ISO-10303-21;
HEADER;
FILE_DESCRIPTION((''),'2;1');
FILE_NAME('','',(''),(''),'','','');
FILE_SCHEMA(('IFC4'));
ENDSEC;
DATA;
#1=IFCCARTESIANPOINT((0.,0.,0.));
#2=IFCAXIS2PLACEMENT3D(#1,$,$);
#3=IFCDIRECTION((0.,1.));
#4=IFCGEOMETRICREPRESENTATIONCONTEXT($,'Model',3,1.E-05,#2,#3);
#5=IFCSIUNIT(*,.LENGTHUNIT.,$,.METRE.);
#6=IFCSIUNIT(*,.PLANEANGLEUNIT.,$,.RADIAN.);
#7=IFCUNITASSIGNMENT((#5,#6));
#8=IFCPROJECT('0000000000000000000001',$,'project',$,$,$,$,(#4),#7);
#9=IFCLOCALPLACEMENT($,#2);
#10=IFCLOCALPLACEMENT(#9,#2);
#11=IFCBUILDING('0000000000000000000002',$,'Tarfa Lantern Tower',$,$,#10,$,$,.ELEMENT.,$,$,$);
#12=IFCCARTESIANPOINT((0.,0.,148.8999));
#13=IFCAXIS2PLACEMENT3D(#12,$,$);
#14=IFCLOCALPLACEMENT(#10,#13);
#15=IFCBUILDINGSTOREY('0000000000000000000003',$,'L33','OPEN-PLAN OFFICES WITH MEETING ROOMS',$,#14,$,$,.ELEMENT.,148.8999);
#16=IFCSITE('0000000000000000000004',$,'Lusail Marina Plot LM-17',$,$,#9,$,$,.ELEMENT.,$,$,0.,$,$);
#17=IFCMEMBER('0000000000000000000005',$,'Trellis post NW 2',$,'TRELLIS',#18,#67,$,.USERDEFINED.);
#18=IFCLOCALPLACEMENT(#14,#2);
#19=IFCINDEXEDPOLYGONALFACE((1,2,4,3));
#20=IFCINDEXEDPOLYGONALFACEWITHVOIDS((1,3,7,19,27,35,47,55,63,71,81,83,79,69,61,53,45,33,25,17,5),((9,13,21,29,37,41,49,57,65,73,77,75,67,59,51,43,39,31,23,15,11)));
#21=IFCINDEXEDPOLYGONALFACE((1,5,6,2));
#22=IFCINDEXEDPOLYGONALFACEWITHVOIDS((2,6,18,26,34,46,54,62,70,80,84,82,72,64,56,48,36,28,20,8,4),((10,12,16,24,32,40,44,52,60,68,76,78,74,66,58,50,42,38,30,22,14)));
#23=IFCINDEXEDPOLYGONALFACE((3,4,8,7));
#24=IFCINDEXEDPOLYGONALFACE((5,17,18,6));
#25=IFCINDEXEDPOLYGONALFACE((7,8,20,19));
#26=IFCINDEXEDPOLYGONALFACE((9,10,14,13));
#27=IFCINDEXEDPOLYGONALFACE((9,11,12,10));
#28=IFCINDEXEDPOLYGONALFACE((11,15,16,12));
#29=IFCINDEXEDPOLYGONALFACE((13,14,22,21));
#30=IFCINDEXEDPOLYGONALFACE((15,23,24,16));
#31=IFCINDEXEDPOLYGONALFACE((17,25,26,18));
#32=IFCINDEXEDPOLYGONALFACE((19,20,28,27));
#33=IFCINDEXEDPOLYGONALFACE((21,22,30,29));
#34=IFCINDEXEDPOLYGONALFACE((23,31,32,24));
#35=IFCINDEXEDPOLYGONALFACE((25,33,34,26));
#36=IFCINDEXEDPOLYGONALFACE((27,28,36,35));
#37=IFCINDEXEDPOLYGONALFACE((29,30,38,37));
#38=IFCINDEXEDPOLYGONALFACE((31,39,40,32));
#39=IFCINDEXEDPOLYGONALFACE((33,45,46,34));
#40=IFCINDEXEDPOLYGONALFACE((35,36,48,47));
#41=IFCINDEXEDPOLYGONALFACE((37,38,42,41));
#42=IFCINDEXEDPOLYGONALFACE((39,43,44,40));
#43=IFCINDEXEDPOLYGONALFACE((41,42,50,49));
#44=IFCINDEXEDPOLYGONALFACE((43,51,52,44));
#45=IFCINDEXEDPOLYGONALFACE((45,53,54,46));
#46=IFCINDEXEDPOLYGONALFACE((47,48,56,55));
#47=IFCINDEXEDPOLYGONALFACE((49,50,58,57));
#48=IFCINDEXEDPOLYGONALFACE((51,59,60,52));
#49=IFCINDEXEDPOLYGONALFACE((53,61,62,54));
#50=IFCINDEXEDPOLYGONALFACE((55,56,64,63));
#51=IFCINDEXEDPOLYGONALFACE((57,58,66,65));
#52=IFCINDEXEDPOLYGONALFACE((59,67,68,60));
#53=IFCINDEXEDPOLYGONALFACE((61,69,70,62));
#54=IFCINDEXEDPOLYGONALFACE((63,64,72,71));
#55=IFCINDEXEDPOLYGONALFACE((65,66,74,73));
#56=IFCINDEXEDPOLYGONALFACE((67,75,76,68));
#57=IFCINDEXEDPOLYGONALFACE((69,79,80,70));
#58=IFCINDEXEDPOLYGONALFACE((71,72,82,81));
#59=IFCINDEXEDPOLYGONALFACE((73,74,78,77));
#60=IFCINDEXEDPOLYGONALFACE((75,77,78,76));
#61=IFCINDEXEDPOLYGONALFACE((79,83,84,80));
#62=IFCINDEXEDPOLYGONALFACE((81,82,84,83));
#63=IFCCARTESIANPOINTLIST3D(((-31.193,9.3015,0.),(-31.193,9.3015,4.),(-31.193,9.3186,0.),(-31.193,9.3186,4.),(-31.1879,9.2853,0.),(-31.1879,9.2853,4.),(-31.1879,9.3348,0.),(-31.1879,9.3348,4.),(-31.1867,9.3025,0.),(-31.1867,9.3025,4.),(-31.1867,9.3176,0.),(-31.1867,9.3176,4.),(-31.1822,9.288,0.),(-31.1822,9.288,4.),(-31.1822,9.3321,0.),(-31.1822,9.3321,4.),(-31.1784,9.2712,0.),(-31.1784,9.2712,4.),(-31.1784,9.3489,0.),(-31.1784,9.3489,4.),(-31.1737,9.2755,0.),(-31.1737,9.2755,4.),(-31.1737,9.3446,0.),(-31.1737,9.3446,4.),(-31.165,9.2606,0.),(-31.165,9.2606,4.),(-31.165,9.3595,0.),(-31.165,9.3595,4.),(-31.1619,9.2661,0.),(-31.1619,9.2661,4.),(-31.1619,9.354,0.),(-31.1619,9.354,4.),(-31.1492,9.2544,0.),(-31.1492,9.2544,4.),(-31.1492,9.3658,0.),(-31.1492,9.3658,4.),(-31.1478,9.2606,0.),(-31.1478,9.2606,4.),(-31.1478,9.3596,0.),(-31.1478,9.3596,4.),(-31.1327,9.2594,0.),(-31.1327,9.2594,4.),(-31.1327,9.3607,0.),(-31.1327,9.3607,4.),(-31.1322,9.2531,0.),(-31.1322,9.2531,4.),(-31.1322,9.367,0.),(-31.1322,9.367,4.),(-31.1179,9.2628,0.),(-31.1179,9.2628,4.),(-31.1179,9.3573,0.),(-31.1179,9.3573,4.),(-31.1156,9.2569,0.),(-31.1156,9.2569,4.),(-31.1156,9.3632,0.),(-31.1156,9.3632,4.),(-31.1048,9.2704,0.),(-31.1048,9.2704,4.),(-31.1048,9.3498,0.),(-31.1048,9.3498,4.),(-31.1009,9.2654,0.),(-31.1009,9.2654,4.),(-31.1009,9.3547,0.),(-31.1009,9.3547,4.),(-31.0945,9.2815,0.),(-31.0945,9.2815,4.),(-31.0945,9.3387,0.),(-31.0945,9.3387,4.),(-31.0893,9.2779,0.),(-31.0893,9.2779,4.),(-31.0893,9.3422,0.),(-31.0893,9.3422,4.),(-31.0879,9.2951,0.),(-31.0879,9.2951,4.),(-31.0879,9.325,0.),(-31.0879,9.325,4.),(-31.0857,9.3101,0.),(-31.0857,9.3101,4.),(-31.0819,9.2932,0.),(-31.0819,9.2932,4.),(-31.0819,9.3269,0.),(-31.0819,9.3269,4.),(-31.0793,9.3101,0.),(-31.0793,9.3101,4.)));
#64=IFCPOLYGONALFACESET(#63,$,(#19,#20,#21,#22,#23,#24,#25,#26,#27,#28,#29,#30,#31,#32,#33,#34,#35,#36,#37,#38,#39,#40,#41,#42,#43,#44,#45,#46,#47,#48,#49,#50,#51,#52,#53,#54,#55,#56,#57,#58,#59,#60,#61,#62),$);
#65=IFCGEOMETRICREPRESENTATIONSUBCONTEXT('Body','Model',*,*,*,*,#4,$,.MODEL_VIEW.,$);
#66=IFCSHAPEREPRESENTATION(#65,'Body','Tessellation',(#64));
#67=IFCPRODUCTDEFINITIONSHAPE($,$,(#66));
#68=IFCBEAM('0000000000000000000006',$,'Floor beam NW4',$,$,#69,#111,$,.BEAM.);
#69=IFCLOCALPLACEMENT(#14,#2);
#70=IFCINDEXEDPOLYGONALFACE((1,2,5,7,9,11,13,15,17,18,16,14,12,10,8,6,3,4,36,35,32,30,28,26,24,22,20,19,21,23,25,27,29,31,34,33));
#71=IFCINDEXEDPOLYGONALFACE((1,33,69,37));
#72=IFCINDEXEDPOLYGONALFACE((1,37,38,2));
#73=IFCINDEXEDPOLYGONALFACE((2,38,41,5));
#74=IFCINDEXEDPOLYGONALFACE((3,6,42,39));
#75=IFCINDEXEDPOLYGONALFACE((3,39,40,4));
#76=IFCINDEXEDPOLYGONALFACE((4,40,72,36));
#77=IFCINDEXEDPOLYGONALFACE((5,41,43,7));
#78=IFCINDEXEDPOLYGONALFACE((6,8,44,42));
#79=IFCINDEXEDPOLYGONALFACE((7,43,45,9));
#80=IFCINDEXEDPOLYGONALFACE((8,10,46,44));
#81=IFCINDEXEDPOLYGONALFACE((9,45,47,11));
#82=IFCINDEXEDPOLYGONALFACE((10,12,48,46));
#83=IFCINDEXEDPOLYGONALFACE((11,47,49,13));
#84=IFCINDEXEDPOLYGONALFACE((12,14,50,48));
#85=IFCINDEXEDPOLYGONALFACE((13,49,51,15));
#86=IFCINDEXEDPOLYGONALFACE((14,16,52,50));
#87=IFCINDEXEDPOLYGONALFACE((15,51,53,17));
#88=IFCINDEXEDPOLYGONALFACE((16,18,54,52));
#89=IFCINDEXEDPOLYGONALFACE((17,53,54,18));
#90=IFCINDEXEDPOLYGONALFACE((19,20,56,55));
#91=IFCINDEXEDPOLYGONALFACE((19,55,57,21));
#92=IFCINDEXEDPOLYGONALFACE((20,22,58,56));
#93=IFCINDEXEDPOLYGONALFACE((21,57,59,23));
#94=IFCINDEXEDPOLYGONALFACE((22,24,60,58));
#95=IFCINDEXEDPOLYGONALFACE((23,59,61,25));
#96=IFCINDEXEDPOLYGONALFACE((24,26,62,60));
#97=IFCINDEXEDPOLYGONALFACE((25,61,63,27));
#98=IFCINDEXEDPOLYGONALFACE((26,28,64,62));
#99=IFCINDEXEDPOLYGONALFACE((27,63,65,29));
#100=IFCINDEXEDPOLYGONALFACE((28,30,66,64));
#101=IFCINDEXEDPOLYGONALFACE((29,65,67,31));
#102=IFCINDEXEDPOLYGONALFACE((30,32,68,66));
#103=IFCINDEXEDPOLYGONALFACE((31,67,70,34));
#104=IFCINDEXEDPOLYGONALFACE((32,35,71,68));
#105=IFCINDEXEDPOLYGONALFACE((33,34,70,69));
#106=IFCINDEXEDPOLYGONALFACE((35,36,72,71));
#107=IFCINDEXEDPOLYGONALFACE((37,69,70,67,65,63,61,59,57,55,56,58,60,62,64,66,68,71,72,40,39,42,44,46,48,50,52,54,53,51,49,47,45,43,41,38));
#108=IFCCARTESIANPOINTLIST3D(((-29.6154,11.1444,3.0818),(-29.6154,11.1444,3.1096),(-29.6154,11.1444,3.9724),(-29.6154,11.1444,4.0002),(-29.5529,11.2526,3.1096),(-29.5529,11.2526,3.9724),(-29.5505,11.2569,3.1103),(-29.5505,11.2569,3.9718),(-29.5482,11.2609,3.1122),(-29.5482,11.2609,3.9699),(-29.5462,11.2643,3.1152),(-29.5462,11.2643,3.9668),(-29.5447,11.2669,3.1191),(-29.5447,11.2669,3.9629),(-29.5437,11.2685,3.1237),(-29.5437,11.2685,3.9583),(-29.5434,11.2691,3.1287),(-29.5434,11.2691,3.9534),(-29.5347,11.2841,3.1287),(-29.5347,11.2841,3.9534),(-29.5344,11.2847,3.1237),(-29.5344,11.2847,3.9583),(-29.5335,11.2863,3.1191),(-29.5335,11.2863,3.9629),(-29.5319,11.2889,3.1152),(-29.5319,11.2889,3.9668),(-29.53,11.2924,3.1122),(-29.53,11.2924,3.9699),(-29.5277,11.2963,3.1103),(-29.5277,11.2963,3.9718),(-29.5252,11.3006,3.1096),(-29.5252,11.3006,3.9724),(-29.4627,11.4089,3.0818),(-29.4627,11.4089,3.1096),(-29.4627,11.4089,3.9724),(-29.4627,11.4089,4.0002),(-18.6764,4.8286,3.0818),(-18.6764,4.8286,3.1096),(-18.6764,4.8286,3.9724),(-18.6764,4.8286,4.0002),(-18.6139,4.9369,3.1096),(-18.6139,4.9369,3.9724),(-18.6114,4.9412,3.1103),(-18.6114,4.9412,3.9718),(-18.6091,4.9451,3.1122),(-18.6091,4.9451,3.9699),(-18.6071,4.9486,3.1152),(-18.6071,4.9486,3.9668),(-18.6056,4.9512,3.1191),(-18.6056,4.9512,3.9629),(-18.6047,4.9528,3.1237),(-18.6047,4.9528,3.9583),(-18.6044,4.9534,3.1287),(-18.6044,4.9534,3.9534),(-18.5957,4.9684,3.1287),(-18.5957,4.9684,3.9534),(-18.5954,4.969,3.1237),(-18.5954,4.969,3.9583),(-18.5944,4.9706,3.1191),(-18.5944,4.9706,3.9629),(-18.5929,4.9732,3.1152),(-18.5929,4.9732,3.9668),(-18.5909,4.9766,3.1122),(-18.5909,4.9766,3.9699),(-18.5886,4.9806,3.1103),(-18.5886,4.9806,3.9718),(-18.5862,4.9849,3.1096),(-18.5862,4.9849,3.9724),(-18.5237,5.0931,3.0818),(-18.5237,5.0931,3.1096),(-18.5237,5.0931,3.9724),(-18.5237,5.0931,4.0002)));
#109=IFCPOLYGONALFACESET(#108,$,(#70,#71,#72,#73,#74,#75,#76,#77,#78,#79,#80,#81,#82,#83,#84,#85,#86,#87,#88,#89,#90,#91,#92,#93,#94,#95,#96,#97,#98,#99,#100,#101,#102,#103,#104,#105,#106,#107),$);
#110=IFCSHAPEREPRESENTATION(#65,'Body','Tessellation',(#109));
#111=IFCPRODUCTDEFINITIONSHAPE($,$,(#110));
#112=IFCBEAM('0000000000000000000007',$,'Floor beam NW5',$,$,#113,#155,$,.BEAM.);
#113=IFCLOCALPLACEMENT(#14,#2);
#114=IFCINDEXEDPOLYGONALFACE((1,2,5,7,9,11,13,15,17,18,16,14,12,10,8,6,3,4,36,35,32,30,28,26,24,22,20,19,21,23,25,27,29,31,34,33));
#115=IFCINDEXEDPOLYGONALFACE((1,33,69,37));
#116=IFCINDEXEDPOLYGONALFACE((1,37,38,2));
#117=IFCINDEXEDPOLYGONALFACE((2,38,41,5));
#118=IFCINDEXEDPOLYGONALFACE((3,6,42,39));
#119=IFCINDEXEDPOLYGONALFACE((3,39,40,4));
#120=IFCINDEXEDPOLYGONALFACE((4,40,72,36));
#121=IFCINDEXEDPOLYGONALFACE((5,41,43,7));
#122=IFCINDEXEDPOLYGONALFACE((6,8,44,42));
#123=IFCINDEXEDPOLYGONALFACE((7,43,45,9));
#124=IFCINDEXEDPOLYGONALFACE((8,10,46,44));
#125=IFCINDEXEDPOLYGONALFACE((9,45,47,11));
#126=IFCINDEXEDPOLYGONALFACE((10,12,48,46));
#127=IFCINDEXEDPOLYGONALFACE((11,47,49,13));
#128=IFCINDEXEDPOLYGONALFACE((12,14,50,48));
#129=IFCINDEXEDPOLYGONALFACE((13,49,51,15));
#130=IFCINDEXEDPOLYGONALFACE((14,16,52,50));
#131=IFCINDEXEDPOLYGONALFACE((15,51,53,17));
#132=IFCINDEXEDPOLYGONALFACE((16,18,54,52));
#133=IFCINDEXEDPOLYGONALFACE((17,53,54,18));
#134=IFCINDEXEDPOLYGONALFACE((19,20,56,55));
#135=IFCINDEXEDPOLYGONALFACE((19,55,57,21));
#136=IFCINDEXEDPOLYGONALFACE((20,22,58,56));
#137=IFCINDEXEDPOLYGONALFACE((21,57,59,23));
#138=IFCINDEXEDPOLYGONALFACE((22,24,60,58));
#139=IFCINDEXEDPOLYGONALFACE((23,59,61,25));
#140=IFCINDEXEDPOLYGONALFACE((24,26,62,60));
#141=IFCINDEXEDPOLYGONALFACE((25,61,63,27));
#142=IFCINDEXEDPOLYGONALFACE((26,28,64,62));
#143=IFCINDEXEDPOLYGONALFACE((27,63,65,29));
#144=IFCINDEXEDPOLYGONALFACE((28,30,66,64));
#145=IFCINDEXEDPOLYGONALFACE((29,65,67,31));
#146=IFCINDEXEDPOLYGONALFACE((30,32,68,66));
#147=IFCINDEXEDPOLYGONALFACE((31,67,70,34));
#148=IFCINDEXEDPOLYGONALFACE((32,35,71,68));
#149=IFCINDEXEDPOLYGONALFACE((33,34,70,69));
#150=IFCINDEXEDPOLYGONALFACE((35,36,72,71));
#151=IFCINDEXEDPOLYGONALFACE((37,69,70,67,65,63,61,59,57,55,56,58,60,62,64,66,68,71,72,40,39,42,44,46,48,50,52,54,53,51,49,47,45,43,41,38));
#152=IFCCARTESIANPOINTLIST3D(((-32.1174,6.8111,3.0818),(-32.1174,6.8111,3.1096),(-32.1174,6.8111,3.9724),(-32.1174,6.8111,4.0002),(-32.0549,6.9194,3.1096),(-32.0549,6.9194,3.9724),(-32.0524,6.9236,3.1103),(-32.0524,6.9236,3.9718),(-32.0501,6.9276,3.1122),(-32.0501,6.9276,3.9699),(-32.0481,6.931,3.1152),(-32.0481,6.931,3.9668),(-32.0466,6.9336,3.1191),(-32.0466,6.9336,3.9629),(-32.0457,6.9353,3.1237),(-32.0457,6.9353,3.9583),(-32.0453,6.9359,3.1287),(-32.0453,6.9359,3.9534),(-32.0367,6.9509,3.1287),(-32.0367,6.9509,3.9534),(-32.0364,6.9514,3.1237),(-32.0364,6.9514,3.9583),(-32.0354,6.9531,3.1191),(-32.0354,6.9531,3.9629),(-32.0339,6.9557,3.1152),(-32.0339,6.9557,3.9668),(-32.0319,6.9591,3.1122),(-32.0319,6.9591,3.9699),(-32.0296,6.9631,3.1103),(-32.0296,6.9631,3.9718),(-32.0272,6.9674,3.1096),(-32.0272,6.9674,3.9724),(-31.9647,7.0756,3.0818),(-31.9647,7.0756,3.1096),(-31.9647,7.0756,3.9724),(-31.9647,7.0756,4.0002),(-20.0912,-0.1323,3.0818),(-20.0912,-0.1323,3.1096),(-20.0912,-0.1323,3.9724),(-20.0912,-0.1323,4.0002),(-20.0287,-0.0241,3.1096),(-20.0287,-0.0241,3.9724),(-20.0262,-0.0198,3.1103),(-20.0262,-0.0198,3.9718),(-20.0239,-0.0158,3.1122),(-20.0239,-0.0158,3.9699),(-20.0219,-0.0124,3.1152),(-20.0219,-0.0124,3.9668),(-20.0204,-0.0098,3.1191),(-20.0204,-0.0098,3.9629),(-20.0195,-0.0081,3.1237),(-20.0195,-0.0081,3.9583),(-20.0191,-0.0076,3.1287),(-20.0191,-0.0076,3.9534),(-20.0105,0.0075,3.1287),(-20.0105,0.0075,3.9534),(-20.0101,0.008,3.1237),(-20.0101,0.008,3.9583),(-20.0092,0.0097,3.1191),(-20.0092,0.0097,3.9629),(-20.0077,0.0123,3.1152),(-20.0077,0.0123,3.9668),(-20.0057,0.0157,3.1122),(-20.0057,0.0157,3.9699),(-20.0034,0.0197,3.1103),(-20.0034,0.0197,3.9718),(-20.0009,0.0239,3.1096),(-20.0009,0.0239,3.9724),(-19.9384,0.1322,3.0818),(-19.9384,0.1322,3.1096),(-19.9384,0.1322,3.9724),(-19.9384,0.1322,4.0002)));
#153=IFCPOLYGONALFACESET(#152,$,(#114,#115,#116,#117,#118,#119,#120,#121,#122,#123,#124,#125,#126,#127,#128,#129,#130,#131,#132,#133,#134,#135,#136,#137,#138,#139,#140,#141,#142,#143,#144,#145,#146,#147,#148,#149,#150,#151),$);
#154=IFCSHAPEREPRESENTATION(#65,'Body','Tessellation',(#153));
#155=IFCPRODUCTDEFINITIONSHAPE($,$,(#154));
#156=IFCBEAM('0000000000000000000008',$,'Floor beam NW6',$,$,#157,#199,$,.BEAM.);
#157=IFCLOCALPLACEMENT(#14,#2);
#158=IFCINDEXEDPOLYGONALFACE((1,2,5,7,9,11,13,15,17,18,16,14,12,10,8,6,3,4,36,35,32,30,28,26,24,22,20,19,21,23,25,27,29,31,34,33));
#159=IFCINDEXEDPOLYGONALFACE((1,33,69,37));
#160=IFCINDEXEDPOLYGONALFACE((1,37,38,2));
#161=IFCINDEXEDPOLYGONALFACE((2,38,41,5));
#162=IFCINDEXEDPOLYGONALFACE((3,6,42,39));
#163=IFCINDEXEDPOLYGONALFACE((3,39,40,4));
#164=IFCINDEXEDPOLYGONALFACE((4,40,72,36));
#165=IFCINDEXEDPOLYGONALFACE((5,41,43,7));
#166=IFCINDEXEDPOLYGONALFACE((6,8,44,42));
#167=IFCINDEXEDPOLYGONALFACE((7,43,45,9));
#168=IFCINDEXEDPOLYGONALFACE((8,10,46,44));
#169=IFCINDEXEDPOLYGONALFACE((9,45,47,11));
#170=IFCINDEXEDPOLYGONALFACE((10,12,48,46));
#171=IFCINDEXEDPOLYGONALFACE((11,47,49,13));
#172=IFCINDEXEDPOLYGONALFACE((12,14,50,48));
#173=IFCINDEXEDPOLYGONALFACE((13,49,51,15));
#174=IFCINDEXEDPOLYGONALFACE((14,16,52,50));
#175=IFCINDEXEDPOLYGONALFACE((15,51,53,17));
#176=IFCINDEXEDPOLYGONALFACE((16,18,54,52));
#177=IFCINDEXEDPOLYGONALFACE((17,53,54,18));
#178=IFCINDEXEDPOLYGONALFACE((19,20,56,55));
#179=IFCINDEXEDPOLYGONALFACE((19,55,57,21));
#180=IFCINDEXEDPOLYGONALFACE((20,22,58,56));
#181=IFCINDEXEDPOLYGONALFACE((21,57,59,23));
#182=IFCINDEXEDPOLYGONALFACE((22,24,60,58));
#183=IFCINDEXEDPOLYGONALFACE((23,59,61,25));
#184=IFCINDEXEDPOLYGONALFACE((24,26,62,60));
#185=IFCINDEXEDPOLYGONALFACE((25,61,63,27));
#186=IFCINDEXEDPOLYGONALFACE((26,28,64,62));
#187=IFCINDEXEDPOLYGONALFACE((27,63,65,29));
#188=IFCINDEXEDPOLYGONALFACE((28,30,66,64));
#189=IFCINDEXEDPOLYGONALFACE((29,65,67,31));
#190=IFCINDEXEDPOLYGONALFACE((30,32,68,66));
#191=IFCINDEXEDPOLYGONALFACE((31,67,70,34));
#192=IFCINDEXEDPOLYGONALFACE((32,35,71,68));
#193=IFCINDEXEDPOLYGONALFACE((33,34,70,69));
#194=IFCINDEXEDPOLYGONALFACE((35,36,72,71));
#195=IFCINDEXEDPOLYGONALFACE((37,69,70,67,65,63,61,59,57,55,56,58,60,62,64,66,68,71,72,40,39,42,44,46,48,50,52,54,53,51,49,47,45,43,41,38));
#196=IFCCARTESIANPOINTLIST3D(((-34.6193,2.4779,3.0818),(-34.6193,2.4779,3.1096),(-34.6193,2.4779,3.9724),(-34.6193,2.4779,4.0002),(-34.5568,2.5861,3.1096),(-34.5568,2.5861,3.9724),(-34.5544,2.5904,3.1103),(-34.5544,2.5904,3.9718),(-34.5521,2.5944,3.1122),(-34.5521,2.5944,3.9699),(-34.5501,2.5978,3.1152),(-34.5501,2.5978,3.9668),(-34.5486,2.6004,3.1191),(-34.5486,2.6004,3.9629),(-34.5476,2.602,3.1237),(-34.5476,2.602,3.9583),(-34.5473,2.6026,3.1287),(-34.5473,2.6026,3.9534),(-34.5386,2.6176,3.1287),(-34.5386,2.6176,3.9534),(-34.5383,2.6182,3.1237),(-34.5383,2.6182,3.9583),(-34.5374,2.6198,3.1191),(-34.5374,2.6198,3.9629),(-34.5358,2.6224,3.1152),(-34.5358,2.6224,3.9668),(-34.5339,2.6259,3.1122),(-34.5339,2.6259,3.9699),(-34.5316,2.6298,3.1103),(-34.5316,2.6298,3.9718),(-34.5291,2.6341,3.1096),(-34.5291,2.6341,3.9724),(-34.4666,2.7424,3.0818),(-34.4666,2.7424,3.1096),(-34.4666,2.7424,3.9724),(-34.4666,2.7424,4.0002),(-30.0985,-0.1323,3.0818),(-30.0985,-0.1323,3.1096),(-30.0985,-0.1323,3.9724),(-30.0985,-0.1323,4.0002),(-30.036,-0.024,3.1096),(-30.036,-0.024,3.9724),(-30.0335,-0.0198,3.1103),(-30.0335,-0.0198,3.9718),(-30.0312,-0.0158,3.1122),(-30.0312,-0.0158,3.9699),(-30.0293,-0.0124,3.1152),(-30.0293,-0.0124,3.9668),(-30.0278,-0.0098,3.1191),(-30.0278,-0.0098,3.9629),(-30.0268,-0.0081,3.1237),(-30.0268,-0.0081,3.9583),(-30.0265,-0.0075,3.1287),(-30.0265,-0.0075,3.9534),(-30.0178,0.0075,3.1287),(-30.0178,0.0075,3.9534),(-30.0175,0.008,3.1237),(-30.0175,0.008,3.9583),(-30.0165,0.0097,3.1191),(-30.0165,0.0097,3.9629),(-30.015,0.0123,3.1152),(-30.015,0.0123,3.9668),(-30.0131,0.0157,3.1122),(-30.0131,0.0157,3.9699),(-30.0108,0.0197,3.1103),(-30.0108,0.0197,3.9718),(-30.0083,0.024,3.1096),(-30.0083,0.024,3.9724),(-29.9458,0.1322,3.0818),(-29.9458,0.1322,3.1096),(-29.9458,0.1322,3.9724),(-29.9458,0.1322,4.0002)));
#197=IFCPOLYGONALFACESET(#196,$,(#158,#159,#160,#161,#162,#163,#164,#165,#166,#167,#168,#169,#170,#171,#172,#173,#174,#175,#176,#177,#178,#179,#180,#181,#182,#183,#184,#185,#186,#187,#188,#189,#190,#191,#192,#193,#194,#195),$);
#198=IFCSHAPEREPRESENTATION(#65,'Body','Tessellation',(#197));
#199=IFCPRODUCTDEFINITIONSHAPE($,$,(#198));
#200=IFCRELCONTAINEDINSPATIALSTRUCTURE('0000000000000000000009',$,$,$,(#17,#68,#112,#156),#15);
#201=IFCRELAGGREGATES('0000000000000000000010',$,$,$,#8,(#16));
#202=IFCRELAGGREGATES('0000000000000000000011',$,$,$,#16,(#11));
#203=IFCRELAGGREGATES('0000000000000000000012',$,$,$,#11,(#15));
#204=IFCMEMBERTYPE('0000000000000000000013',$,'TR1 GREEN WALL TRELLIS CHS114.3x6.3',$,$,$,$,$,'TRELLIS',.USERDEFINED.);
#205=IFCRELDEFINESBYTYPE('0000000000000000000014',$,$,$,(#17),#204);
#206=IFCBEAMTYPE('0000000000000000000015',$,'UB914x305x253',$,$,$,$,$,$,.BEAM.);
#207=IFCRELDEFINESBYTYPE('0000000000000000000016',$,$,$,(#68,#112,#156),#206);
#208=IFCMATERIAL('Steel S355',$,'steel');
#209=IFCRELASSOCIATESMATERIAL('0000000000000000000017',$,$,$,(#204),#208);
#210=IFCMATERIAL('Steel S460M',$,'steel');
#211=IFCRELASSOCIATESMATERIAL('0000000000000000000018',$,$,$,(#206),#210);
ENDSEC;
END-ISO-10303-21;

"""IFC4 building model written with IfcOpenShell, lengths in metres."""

from ifc_helpers import new_model, si_unit, direction, frame, origin, origin_2d, place, context, subcontext, project, spatial, hollow_circle, i_section, extrude, material, material_profile, profile_set, type_object, element, save


model = new_model("IFC4")

# Units and contexts
model_context = context("Model", 3, precision=1e-05, world=origin(), true_north=direction((0.0, 1.0)))
body_context = subcontext(model_context, "Body", "Model", "MODEL_VIEW")
ifc_project = project(units=[si_unit("LENGTHUNIT", "METRE"), si_unit("PLANEANGLEUNIT", "RADIAN")], contexts=[model_context])

# Site, building, storey
site_placement = place(None, origin())
site = spatial("IfcSite", under=ifc_project, at=site_placement, Name="Lusail Marina Plot LM-17", CompositionType="ELEMENT", RefElevation=0.0)
building_placement = place(site_placement, origin())
building = spatial("IfcBuilding", under=site, at=building_placement, Name="Tarfa Lantern Tower", CompositionType="ELEMENT")
storey_placement = place(building_placement, frame((0.0, 0.0, 148.8999)))
storey = spatial("IfcBuildingStorey", under=building, at=storey_placement, Name="L33", Description="OPEN-PLAN OFFICES WITH MEETING ROOMS", CompositionType="ELEMENT", Elevation=148.8999)

# Member
ifc_material_1 = material(Name="Steel S355", Category="steel")
ifc_material_profile_1 = material_profile(ifc_material_1, hollow_circle(Radius=0.0571, WallThickness=0.0063, at=origin_2d()), Name="CHS114.3x6.3")
ifc_profile_set_1 = profile_set([ifc_material_profile_1], Name="Steel S355")
member_type_1 = type_object("IfcMemberType", Name="TR1 GREEN WALL TRELLIS CHS114.3x6.3", ElementType="TRELLIS", PredefinedType="USERDEFINED", material=ifc_profile_set_1)
member_1_placement = place(storey_placement, frame((-31.1365, 9.3101, 0.0), z_axis=(0.0, 0.0, 1.0), x_axis=(1.0, 0.0, 0.0)))
element("IfcMember", 1, at=member_1_placement, inside=storey, type_object=member_type_1, Name="Trellis post NW 2", ObjectType="TRELLIS", PredefinedType="USERDEFINED", context=body_context, shape_type="SweptSolid", body=[
    extrude(hollow_circle(Radius=0.0571, WallThickness=0.0063, at=origin_2d()), origin(), (0.0, 0.0, 1.0), 4.0),
])

# Beams
ifc_material_2 = material(Name="Steel S460M", Category="steel")
ifc_material_profile_2 = material_profile(ifc_material_2, i_section(OverallWidth=0.3054, OverallDepth=0.9185, WebThickness=0.0173, FlangeThickness=0.0278, FilletRadius=0.019, at=origin_2d()), Name="UB914x305x253")
ifc_profile_set_2 = profile_set([ifc_material_profile_2], Name="Steel S460M")
beam_type_1 = type_object("IfcBeamType", Name="UB914x305x253", PredefinedType="BEAM", material=ifc_profile_set_2)
beam_1_placement = place(storey_placement, frame((-29.5391, 11.2766, 3.541), z_axis=(0.866023, -0.500004, 0.0), x_axis=(0.500004, 0.866023, 0.0)))
element("IfcBeam", 2, at=beam_1_placement, inside=storey, type_object=beam_type_1, Name="Floor beam NW4", PredefinedType="BEAM", context=body_context, shape_type="SweptSolid", body=[
    extrude(i_section(OverallWidth=0.3054, OverallDepth=0.9185, WebThickness=0.0173, FlangeThickness=0.0278, FilletRadius=0.019, at=origin_2d()), origin(), (0.0, 0.0, 1.0), 12.6313),
])
beam_2_placement = place(storey_placement, frame((-32.041, 6.9434, 3.541), z_axis=(0.866023, -0.500004, 0.0), x_axis=(0.500004, 0.866023, 0.0)))
element("IfcBeam", 3, at=beam_2_placement, inside=storey, type_object=beam_type_1, Name="Floor beam NW5", PredefinedType="BEAM", context=body_context, shape_type="SweptSolid", body=[
    extrude(i_section(OverallWidth=0.3054, OverallDepth=0.9185, WebThickness=0.0173, FlangeThickness=0.0278, FilletRadius=0.019, at=origin_2d()), origin(), (0.0, 0.0, 1.0), 13.8867),
])
beam_3_placement = place(storey_placement, frame((-34.543, 2.6101, 3.541), z_axis=(0.866021, -0.500007, 0.0), x_axis=(0.500007, 0.866021, 0.0)))
element("IfcBeam", 4, at=beam_3_placement, inside=storey, type_object=beam_type_1, Name="Floor beam NW6", PredefinedType="BEAM", context=body_context, shape_type="SweptSolid", body=[
    extrude(i_section(OverallWidth=0.3054, OverallDepth=0.9185, WebThickness=0.0173, FlangeThickness=0.0278, FilletRadius=0.019, at=origin_2d()), origin(), (0.0, 0.0, 1.0), 5.2202),
])

save(model, "model.ifc")
